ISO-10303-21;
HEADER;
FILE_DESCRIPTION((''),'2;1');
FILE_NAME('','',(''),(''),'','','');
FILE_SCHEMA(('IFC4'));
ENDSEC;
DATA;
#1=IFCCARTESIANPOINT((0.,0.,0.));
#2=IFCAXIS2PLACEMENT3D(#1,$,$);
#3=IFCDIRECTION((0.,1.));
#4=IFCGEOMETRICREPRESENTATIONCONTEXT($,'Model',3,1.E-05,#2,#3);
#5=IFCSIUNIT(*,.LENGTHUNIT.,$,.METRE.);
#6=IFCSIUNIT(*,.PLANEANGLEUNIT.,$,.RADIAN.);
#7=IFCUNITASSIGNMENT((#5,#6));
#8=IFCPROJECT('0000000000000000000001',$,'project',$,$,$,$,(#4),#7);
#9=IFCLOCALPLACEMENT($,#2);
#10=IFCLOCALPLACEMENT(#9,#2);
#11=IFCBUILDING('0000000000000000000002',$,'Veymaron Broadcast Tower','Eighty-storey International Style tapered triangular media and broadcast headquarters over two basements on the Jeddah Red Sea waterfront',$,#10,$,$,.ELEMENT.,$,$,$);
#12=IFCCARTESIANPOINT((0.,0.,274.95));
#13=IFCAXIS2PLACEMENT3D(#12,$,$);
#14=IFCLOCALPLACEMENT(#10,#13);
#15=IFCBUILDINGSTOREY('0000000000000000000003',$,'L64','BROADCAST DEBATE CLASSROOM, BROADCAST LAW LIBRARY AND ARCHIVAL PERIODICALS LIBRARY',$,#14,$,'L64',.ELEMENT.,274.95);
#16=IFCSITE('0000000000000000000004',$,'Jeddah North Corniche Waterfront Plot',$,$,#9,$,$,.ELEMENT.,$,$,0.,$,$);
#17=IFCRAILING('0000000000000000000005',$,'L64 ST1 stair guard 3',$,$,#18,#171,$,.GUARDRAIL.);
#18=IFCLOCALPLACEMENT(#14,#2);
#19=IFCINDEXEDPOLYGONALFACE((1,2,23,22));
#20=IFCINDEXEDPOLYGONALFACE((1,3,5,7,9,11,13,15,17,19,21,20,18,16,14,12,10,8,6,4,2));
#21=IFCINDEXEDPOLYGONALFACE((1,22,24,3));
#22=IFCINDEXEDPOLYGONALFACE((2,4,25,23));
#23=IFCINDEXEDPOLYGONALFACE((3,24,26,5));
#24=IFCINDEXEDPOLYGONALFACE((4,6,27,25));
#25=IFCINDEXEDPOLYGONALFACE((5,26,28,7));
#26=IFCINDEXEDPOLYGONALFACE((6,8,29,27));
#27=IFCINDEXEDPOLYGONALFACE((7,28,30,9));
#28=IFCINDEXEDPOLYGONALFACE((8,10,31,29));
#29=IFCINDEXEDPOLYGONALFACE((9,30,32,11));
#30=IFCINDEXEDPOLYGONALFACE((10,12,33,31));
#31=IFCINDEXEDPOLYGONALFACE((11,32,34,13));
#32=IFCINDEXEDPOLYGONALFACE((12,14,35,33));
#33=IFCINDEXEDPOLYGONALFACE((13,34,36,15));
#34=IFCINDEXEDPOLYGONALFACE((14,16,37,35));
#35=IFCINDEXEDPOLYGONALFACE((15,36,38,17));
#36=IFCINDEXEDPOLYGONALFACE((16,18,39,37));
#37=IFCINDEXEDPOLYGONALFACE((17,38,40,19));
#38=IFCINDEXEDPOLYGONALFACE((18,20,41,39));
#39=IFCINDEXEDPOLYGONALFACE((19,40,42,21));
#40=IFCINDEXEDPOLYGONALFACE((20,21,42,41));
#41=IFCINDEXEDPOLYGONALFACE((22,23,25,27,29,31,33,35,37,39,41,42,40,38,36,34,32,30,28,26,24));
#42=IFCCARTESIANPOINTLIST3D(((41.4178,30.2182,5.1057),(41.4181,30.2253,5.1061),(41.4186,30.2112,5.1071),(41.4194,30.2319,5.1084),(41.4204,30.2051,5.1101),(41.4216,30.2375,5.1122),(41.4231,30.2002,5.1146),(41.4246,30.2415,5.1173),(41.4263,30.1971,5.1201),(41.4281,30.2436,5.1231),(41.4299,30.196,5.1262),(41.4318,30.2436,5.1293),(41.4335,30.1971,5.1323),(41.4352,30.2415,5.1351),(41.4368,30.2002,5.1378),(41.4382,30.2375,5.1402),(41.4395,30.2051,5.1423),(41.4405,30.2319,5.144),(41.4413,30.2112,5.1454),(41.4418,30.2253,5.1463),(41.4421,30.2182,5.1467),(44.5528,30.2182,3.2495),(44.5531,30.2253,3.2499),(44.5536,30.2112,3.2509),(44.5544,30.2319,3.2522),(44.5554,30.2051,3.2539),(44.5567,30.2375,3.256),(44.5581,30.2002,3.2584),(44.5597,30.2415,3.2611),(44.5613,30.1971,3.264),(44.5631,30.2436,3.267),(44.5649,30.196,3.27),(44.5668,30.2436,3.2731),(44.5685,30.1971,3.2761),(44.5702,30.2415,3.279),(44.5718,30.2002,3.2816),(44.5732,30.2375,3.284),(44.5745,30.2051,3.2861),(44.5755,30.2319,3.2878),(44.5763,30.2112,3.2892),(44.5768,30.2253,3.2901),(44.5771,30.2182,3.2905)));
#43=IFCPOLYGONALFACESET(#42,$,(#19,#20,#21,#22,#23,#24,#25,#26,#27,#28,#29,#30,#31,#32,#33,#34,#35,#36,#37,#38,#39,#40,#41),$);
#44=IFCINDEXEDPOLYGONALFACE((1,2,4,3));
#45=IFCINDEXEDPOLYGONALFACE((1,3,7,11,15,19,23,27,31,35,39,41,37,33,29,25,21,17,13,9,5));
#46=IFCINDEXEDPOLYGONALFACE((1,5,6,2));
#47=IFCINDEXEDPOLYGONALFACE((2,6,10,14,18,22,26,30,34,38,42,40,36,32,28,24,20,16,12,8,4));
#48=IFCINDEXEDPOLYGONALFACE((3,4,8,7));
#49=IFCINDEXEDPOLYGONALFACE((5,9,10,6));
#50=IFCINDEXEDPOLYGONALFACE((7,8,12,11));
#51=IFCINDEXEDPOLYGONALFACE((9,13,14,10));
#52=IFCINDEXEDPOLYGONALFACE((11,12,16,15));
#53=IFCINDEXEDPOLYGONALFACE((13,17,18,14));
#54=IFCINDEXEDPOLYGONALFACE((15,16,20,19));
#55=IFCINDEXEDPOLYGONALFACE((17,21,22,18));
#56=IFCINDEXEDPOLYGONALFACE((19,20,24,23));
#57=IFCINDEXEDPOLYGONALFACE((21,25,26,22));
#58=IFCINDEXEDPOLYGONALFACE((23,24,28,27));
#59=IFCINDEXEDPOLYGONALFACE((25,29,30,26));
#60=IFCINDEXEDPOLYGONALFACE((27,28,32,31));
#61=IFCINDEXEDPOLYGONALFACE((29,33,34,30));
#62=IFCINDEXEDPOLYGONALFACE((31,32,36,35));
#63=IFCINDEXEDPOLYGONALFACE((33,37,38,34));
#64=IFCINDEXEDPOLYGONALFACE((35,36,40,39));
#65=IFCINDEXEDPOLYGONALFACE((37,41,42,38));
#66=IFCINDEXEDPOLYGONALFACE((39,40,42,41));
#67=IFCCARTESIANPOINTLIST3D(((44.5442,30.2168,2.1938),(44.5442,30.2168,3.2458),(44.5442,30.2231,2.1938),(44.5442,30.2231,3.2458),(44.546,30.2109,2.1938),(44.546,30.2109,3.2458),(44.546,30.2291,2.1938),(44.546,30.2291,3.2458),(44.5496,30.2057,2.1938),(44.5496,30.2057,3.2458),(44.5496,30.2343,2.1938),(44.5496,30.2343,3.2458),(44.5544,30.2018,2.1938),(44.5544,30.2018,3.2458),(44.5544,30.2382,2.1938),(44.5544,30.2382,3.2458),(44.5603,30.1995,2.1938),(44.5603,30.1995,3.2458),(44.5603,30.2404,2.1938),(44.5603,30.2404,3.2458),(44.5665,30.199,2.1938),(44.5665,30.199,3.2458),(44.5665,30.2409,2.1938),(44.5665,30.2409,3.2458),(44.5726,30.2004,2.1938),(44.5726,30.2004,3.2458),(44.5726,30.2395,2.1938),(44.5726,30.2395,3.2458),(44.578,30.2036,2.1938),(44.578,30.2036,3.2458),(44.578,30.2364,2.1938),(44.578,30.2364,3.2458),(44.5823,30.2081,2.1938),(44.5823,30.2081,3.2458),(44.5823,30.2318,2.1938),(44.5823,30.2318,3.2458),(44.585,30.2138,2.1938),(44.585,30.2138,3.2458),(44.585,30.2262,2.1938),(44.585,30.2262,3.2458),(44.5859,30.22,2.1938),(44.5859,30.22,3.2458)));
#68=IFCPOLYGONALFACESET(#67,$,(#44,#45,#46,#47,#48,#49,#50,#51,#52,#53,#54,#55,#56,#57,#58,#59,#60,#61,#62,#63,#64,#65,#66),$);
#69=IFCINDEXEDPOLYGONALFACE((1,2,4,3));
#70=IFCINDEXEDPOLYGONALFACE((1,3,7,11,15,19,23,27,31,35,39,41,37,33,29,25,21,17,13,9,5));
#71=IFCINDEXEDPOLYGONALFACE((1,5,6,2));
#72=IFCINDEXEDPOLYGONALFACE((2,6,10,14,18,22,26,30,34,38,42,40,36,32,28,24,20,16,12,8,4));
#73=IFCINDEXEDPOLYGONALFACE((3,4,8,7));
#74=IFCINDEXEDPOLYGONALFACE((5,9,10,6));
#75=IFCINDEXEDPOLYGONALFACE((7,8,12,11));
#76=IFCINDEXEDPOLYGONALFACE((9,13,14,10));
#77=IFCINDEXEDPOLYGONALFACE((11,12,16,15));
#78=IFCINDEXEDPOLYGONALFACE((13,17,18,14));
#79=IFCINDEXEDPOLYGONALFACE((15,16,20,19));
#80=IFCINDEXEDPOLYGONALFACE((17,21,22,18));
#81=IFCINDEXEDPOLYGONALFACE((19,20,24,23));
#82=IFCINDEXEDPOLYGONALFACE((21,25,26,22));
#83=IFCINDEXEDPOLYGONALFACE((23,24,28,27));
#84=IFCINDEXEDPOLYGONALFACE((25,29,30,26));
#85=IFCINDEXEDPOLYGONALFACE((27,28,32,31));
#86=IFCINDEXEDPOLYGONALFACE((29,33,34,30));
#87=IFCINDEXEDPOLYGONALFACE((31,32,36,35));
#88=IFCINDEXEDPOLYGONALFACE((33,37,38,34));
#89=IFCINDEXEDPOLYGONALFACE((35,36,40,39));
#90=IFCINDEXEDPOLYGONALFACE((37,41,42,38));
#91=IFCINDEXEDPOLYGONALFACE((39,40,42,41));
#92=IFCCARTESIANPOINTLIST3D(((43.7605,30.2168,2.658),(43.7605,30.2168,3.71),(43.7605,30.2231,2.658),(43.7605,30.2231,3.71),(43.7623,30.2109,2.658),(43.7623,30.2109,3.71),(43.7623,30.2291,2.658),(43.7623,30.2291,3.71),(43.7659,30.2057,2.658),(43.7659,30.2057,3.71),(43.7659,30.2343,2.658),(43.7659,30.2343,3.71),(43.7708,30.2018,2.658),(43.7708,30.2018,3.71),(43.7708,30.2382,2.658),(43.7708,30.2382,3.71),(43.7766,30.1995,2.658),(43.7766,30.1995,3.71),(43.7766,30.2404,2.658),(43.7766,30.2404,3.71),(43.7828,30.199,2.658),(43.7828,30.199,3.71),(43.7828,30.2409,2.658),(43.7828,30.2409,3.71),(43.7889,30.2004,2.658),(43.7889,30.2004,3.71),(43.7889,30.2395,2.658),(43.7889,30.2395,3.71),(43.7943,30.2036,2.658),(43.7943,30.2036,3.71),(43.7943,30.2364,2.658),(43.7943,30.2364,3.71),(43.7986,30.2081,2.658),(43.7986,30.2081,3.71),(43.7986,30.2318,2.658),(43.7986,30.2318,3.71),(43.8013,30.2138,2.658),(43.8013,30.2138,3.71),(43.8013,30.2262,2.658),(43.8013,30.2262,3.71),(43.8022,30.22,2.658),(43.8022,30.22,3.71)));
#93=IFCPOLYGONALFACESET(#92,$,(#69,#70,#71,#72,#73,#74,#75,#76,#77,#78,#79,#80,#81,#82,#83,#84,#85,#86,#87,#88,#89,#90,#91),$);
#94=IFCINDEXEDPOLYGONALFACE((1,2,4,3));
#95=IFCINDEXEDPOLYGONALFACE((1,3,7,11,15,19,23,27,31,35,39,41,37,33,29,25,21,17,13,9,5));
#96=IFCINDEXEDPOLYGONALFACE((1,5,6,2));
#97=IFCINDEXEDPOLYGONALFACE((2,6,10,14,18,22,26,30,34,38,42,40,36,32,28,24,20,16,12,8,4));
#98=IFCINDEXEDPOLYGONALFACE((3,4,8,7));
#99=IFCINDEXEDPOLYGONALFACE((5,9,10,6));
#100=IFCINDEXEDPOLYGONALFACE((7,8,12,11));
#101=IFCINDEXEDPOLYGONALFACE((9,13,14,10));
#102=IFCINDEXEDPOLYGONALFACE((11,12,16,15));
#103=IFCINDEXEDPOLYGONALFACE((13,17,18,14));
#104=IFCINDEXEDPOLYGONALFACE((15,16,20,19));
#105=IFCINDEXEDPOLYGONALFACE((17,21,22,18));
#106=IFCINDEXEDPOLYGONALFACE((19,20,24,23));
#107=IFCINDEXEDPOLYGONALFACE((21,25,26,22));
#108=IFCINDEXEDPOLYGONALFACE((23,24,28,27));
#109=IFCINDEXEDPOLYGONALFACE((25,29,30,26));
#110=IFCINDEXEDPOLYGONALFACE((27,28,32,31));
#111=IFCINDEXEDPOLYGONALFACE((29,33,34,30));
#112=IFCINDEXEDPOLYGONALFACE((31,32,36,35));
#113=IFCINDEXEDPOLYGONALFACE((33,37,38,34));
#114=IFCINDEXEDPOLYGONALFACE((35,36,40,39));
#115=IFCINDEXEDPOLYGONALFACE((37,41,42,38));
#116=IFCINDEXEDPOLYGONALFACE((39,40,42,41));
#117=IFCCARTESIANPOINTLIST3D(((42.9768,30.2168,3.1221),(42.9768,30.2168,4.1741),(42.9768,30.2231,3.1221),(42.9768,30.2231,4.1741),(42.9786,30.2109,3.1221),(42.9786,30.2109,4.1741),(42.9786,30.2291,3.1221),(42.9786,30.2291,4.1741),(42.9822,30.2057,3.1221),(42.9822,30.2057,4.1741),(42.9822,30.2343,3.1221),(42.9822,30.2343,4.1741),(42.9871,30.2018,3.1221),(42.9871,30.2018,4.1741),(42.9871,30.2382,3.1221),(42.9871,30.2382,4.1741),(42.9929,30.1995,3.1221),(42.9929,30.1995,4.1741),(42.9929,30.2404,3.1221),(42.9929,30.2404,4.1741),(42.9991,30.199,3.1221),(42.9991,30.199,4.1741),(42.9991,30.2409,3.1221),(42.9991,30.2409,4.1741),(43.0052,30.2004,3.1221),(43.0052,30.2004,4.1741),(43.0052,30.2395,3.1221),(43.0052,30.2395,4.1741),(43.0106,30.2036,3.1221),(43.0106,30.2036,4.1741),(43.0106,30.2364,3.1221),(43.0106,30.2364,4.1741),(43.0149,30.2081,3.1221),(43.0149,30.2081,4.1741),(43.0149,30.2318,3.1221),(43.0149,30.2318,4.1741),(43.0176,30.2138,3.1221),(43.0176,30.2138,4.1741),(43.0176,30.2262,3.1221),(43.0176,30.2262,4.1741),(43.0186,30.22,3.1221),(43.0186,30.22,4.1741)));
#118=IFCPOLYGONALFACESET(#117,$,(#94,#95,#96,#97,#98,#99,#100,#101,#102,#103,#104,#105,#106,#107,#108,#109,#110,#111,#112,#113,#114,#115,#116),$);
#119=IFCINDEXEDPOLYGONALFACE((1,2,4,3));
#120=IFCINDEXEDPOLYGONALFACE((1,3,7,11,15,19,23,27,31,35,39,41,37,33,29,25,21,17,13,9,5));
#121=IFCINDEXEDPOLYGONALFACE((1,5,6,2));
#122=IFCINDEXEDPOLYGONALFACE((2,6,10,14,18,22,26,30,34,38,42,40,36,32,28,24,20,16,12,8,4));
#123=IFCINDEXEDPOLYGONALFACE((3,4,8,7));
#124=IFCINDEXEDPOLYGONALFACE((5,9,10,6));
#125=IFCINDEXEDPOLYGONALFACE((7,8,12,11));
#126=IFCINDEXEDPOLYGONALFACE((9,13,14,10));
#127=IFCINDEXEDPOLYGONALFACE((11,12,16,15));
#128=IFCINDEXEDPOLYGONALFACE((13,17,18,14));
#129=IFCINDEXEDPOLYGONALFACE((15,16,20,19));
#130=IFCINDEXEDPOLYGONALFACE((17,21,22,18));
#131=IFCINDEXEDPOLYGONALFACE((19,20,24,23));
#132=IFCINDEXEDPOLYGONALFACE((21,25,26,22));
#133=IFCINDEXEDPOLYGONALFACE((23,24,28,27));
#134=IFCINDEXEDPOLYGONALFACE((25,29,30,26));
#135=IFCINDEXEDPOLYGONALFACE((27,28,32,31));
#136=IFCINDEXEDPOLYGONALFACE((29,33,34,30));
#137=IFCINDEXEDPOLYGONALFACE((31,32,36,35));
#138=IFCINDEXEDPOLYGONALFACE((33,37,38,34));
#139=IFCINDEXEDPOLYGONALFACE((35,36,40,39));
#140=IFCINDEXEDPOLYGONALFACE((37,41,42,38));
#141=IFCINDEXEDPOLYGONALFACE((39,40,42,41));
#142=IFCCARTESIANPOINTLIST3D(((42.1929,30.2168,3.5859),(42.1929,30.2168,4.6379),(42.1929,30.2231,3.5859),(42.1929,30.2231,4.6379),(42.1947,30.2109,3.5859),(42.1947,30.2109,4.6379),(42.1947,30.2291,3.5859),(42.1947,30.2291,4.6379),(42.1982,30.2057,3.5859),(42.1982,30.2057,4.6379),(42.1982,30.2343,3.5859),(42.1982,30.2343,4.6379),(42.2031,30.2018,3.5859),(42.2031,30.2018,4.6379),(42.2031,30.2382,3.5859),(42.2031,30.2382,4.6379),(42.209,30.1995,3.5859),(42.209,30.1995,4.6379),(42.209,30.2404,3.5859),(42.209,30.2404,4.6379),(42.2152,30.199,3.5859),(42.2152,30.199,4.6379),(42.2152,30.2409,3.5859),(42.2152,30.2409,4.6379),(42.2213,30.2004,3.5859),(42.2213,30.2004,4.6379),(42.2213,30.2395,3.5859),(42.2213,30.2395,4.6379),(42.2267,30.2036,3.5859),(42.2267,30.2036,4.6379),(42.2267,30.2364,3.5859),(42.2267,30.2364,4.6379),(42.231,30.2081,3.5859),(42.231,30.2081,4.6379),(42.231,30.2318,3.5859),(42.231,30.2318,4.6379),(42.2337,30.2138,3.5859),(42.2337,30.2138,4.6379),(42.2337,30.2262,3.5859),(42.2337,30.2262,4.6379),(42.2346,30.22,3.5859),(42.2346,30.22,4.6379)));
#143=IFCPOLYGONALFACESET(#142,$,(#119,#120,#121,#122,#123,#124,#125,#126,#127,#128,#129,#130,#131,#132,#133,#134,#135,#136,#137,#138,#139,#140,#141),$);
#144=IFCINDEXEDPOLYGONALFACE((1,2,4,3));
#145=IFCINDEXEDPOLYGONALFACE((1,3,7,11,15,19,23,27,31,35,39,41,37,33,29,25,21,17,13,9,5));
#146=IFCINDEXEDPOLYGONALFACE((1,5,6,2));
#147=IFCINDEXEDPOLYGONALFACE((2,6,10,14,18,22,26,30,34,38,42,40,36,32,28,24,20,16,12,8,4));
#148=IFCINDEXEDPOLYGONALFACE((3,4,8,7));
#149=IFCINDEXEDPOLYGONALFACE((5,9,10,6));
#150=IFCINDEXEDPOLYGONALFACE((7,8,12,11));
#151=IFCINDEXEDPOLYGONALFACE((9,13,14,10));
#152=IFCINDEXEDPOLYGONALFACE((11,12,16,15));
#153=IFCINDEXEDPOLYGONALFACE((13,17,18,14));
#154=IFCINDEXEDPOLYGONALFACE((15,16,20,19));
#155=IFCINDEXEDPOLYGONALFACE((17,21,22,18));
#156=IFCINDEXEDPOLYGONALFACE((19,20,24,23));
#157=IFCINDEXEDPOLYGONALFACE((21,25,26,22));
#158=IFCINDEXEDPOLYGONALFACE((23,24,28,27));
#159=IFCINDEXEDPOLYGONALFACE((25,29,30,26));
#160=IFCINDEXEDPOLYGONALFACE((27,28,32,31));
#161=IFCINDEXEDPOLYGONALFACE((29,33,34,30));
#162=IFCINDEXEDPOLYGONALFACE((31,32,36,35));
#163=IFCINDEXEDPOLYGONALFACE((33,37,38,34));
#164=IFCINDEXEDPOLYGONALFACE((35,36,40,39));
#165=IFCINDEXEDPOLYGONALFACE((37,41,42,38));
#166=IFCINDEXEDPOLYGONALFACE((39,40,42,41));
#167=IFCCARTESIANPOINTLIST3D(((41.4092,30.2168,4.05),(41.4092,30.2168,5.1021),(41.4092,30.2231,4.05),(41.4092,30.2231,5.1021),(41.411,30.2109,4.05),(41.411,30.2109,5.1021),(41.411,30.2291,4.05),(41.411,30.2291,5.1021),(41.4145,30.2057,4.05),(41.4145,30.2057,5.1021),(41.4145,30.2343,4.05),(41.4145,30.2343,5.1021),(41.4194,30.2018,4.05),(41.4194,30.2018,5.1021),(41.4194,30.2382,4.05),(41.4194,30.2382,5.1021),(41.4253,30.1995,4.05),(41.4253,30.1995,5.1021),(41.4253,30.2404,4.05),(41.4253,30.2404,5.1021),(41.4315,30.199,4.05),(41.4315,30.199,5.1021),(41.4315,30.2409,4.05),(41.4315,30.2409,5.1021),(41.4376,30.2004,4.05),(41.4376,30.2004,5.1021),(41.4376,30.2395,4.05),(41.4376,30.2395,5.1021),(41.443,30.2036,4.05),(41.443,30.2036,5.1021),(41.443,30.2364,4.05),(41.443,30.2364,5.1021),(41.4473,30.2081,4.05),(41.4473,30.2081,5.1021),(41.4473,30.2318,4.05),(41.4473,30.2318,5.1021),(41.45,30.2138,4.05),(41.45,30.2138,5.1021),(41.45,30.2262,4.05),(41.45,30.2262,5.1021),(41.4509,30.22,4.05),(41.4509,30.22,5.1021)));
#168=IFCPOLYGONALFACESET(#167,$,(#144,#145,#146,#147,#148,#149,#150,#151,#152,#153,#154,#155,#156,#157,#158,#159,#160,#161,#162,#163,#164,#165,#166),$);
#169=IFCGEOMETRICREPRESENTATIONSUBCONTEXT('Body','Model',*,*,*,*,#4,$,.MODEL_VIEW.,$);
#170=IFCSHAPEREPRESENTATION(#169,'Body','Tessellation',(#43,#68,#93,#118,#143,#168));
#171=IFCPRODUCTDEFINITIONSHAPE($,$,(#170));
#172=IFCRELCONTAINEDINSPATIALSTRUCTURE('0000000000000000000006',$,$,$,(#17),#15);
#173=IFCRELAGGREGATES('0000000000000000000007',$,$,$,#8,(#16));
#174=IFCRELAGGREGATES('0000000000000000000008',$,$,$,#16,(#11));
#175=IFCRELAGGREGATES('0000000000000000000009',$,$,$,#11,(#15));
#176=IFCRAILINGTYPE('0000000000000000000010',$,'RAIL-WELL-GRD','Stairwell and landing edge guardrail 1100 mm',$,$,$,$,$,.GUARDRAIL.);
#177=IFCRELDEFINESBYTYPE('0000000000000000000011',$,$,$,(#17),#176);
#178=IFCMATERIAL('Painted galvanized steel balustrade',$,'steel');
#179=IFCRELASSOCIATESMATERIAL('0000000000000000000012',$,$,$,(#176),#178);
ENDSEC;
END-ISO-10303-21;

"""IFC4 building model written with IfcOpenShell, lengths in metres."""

from ifc_helpers import new_model, si_unit, direction, frame, origin, origin_2d, place, context, subcontext, project, spatial, circle, extrude, material, type_object, element, save


model = new_model("IFC4")

# Units and contexts
model_context = context("Model", 3, precision=1e-05, world=origin(), true_north=direction((0.0, 1.0)))
body_context = subcontext(model_context, "Body", "Model", "MODEL_VIEW")
ifc_project = project(units=[si_unit("LENGTHUNIT", "METRE"), si_unit("PLANEANGLEUNIT", "RADIAN")], contexts=[model_context])

# Site, building, storey
site_placement = place(None, origin())
site = spatial("IfcSite", under=ifc_project, at=site_placement, Name="Jeddah North Corniche Waterfront Plot", CompositionType="ELEMENT", RefElevation=0.0)
building_placement = place(site_placement, origin())
building = spatial("IfcBuilding", under=site, at=building_placement, Name="Veymaron Broadcast Tower", Description="Eighty-storey International Style tapered triangular media and broadcast headquarters over two basements on the Jeddah Red Sea waterfront", CompositionType="ELEMENT")
storey_placement = place(building_placement, frame((0.0, 0.0, 274.95)))
storey = spatial("IfcBuildingStorey", under=building, at=storey_placement, Name="L64", Description="BROADCAST DEBATE CLASSROOM, BROADCAST LAW LIBRARY AND ARCHIVAL PERIODICALS LIBRARY", LongName="L64", CompositionType="ELEMENT", Elevation=274.95)

# Railing
ifc_material_1 = material(Name="Painted galvanized steel balustrade", Category="steel")
railing_type_1 = type_object("IfcRailingType", Name="RAIL-WELL-GRD", Description="Stairwell and landing edge guardrail 1100 mm", PredefinedType="GUARDRAIL", material=ifc_material_1)
railing_1_placement = place(storey_placement, frame((44.5649, 30.22, 2.1938)))
element("IfcRailing", 1, at=railing_1_placement, inside=storey, type_object=railing_type_1, Name="L64 ST1 stair guard 3", PredefinedType="GUARDRAIL", context=body_context, shape_type="SweptSolid", body=[
    extrude(circle(Radius=0.0239, at=origin_2d()), frame((0.0, 0.0, 1.0762), z_axis=(-0.860482, 0.0, 0.509481), x_axis=(0.0, -1.0, 0.0)), (0.0, 0.0, 1.0), 3.6433),
    extrude(circle(Radius=0.021, at=origin_2d()), origin(), (0.0, 0.0, 1.0), 1.052),
    extrude(circle(Radius=0.021, at=origin_2d()), frame((-0.7837, 0.0, 0.4641)), (0.0, 0.0, 1.0), 1.052),
    extrude(circle(Radius=0.021, at=origin_2d()), frame((-1.5674, 0.0, 0.9282)), (0.0, 0.0, 1.0), 1.052),
    extrude(circle(Radius=0.021, at=origin_2d()), frame((-2.3513, 0.0, 1.3921)), (0.0, 0.0, 1.0), 1.052),
    extrude(circle(Radius=0.021, at=origin_2d()), frame((-3.135, 0.0, 1.8562)), (0.0, 0.0, 1.0), 1.052),
])

save(model, "model.ifc")
